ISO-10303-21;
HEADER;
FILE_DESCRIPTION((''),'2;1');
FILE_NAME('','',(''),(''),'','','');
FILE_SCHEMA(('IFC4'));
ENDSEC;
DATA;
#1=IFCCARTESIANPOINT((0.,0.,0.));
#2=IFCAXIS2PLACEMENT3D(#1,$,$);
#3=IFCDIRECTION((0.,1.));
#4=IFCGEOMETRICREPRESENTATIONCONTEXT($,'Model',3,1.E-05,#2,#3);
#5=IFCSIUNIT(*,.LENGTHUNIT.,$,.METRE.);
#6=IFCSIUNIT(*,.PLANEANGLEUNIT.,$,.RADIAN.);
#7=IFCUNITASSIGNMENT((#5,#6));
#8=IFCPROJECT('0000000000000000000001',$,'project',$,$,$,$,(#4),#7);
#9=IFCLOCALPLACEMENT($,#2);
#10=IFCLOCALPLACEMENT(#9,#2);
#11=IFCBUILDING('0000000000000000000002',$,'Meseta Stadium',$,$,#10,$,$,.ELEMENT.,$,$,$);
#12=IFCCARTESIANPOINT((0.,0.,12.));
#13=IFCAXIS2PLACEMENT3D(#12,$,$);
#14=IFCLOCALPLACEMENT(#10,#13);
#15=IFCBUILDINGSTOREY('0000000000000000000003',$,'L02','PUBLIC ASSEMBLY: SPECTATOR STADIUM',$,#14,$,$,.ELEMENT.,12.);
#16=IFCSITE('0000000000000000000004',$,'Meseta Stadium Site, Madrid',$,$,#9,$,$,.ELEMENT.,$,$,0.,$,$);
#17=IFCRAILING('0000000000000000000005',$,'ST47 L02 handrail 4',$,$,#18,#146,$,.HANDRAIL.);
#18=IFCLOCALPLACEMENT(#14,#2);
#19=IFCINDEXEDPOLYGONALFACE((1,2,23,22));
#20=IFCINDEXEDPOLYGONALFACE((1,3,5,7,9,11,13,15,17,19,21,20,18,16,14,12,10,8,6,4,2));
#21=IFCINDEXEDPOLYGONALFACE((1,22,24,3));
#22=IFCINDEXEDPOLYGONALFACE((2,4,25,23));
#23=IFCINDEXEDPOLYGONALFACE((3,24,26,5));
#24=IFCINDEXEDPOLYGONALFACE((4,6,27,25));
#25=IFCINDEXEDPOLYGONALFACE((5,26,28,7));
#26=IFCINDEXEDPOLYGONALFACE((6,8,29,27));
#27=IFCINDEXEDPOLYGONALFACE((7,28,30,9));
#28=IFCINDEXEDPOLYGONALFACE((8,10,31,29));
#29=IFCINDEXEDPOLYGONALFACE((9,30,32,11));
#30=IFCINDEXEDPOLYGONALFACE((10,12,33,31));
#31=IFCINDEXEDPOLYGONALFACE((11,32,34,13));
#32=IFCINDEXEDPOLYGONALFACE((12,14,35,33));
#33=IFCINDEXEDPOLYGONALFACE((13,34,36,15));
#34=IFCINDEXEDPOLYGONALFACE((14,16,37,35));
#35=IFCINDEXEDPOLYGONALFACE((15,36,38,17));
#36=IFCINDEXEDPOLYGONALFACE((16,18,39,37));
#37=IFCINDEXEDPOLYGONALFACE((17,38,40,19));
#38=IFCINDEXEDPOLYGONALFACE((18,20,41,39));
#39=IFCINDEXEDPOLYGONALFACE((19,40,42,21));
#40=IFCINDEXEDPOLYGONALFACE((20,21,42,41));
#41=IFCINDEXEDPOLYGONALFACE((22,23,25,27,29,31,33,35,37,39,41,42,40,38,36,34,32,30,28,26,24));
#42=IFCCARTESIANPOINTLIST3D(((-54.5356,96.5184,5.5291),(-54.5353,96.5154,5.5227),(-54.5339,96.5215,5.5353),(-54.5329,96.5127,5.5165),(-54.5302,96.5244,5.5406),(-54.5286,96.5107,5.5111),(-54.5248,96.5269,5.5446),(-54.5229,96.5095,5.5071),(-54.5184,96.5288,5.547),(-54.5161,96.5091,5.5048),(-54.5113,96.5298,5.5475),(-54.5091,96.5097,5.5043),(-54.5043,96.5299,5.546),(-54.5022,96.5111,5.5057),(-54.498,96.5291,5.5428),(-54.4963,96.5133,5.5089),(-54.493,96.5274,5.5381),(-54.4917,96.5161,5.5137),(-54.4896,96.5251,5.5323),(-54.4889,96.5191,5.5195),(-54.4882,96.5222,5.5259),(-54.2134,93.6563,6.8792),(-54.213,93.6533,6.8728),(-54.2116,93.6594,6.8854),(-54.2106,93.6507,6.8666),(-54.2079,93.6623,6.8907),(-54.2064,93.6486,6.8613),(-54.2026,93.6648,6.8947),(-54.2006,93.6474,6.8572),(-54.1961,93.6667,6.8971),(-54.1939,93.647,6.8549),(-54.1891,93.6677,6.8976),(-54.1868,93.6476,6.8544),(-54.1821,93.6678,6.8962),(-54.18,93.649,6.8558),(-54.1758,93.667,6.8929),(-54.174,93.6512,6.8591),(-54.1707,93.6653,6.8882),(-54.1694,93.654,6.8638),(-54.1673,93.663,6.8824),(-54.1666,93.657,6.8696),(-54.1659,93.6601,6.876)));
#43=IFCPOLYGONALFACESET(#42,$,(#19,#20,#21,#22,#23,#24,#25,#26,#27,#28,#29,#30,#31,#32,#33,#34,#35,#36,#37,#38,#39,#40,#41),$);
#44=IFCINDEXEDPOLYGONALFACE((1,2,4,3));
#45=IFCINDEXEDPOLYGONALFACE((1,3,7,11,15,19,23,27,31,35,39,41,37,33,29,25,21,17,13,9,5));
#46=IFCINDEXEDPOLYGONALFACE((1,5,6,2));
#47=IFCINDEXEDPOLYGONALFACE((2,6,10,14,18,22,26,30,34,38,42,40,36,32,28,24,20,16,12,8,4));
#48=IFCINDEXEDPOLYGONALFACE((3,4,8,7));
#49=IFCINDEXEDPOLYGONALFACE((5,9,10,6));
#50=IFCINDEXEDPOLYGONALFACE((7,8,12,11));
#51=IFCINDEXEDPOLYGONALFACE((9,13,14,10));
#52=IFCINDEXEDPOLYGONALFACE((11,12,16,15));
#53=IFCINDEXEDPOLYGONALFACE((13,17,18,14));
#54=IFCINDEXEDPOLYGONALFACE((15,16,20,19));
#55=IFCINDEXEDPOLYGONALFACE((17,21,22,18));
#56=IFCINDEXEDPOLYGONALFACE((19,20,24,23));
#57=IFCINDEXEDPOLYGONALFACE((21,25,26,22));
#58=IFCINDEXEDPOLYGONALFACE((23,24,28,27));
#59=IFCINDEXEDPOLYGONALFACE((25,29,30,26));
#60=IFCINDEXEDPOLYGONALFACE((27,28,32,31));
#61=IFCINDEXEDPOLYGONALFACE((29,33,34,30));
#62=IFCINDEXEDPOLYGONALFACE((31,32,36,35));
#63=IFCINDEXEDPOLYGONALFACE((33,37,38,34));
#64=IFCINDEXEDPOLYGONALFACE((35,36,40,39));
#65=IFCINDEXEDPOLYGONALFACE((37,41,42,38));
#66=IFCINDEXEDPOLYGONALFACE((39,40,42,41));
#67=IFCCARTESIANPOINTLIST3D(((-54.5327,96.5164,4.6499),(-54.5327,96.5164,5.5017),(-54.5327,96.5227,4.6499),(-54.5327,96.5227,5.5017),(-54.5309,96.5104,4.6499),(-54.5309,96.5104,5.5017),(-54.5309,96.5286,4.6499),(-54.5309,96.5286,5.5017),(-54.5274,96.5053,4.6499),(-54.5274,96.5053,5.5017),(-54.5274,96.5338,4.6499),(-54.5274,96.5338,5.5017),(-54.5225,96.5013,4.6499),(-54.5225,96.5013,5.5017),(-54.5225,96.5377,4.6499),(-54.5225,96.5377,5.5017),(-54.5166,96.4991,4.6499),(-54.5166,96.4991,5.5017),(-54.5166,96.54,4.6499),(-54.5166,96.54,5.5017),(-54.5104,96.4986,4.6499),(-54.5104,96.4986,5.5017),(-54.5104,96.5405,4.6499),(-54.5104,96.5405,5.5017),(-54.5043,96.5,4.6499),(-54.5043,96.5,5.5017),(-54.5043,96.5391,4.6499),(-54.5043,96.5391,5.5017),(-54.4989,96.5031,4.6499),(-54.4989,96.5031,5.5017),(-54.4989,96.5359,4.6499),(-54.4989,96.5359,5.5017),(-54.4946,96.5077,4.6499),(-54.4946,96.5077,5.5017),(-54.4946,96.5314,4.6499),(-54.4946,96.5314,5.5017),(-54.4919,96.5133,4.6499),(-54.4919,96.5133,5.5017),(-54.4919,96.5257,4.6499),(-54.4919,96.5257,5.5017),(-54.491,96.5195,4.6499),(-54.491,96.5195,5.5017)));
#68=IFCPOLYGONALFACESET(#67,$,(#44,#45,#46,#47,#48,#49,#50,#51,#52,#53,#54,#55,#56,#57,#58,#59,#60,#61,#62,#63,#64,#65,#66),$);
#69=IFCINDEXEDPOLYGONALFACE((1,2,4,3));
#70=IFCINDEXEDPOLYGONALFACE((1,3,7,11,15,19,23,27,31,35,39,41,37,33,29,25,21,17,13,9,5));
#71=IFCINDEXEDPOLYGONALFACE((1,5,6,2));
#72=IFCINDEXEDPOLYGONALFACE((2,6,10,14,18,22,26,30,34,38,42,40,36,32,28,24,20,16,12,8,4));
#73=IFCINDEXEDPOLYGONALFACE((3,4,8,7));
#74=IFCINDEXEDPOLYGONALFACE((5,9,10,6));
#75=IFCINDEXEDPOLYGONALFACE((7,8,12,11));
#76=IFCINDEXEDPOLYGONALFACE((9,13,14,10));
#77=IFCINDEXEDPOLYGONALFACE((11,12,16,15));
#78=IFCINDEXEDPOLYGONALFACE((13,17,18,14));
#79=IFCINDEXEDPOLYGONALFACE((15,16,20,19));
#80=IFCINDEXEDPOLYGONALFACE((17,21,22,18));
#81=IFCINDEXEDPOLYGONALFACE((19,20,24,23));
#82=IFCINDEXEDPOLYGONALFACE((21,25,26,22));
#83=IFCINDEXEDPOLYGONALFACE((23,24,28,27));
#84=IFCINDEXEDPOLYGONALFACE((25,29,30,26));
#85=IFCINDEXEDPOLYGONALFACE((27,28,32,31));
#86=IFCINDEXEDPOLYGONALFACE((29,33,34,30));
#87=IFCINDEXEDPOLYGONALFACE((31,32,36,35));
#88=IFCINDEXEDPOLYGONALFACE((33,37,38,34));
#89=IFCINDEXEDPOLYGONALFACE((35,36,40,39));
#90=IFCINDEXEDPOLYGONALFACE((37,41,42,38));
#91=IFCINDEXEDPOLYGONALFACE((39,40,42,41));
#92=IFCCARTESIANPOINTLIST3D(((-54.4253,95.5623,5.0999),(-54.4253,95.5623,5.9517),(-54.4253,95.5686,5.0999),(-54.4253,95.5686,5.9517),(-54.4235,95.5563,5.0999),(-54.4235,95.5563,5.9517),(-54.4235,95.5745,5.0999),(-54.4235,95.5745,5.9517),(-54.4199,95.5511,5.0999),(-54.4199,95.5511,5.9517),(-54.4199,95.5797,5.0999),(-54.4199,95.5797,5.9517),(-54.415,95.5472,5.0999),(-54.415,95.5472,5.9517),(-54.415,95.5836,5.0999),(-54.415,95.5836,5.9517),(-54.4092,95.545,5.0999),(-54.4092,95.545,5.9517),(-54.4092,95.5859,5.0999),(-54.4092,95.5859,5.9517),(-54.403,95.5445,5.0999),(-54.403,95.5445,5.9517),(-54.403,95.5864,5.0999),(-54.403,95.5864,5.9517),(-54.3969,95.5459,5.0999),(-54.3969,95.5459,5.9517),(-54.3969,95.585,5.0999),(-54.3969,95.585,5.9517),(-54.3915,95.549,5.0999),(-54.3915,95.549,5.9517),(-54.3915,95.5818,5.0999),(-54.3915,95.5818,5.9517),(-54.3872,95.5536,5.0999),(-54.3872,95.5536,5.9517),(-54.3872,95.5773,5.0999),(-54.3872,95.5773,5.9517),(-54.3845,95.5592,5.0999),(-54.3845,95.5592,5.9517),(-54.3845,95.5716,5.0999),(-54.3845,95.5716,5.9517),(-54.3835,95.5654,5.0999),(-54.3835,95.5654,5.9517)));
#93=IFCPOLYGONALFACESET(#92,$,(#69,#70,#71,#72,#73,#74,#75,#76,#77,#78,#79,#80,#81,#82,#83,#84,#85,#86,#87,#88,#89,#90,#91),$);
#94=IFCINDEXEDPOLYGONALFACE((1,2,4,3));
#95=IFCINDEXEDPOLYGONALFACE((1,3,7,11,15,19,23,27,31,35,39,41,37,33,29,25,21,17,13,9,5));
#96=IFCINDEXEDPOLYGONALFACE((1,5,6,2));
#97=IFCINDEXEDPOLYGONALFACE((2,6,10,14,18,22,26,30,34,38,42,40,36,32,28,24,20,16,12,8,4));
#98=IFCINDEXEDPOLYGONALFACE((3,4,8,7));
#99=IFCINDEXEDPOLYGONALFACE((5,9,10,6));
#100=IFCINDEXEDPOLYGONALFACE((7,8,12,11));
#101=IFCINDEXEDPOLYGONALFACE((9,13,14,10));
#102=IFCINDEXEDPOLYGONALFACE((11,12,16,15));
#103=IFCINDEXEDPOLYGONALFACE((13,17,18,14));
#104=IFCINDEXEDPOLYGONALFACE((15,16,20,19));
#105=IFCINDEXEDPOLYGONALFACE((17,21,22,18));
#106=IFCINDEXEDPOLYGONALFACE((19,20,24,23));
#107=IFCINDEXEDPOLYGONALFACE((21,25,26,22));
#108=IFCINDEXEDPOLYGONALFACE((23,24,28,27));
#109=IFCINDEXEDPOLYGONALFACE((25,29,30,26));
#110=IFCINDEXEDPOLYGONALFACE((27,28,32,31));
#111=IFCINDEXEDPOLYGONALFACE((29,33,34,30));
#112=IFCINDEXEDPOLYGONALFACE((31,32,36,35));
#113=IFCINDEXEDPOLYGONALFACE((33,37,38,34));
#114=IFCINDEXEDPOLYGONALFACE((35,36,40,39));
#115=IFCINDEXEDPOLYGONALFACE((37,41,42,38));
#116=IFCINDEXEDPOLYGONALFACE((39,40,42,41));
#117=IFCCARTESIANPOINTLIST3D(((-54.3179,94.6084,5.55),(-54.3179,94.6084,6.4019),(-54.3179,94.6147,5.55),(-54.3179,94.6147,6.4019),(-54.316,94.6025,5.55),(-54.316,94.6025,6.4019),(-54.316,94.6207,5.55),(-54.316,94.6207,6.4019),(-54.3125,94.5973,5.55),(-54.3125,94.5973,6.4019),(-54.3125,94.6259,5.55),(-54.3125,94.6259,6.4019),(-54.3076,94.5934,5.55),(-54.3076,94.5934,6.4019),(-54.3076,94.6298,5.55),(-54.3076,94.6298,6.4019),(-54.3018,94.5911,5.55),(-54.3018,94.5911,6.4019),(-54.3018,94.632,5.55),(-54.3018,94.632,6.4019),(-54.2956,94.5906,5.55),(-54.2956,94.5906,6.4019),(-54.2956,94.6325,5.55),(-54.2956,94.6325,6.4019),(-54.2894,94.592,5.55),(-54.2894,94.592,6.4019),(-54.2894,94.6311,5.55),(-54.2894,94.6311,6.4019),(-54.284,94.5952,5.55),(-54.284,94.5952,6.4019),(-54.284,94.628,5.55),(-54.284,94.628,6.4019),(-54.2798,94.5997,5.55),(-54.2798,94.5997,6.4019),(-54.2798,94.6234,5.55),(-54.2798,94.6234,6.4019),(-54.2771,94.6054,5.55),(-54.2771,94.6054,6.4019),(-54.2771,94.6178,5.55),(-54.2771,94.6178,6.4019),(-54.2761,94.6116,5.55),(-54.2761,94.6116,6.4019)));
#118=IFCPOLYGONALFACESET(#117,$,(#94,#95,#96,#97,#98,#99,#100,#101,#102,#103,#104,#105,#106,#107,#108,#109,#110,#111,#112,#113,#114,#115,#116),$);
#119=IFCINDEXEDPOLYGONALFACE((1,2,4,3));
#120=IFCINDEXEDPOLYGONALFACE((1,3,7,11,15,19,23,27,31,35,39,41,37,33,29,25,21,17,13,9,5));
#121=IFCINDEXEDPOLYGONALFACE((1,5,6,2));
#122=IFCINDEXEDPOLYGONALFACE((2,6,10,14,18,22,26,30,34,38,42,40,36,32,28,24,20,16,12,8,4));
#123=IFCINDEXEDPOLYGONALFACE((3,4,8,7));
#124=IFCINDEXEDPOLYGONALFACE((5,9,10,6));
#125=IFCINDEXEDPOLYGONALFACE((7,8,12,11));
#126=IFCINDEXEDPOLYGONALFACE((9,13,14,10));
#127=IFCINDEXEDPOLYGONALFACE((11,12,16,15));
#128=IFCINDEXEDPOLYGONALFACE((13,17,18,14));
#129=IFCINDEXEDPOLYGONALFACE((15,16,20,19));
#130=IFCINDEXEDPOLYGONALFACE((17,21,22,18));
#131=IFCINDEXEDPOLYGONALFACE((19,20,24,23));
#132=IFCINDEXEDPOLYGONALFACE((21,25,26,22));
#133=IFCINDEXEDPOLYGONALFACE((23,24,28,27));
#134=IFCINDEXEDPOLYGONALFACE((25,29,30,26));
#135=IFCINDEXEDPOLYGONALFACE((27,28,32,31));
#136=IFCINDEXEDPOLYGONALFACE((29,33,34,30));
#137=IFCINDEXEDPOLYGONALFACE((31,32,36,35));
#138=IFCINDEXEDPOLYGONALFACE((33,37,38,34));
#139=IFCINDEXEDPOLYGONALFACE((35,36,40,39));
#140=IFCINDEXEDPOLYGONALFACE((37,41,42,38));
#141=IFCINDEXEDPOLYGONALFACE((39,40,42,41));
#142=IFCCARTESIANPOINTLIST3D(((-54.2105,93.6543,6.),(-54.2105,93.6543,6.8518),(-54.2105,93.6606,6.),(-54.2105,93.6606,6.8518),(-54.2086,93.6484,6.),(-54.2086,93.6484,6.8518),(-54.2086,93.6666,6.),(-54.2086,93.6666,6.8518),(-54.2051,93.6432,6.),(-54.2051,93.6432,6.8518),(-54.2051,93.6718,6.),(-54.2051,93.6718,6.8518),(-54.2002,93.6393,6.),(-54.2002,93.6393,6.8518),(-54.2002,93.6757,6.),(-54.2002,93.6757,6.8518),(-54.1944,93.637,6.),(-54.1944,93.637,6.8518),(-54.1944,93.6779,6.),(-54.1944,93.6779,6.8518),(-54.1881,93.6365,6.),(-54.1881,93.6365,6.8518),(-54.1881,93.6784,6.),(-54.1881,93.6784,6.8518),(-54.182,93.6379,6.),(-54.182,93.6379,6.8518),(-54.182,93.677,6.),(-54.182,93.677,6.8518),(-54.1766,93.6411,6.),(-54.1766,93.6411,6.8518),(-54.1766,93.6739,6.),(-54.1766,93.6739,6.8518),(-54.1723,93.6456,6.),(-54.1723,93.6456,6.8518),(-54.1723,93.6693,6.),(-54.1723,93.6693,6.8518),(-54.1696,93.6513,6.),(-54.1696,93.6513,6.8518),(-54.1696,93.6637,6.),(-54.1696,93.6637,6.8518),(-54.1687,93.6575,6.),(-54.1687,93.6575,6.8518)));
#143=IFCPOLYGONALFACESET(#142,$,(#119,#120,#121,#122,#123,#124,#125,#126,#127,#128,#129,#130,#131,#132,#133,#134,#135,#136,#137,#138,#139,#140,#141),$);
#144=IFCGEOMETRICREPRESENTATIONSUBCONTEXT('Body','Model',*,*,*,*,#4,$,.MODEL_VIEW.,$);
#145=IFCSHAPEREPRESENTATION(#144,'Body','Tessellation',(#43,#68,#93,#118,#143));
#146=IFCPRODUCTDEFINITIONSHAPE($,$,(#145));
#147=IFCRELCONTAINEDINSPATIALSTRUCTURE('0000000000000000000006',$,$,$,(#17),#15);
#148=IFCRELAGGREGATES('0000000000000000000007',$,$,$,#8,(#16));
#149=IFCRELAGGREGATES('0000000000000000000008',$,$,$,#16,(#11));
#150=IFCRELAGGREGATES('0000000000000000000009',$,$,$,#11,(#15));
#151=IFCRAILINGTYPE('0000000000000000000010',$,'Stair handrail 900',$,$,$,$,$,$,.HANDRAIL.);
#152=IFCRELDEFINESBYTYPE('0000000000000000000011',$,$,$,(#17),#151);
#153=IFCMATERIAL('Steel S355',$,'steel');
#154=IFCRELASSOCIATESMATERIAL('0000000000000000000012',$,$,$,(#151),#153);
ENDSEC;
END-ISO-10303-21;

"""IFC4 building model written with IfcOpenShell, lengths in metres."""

from ifc_helpers import new_model, si_unit, direction, frame, origin, origin_2d, place, context, subcontext, project, spatial, circle, extrude, material, type_object, element, save


model = new_model("IFC4")

# Units and contexts
model_context = context("Model", 3, precision=1e-05, world=origin(), true_north=direction((0.0, 1.0)))
body_context = subcontext(model_context, "Body", "Model", "MODEL_VIEW")
ifc_project = project(units=[si_unit("LENGTHUNIT", "METRE"), si_unit("PLANEANGLEUNIT", "RADIAN")], contexts=[model_context])

# Site, building, storey
site_placement = place(None, origin())
site = spatial("IfcSite", under=ifc_project, at=site_placement, Name="Meseta Stadium Site, Madrid", CompositionType="ELEMENT", RefElevation=0.0)
building_placement = place(site_placement, origin())
building = spatial("IfcBuilding", under=site, at=building_placement, Name="Meseta Stadium", CompositionType="ELEMENT")
storey_placement = place(building_placement, frame((0.0, 0.0, 12.0)))
storey = spatial("IfcBuildingStorey", under=building, at=storey_placement, Name="L02", Description="PUBLIC ASSEMBLY: SPECTATOR STADIUM", CompositionType="ELEMENT", Elevation=12.0)

# Railing
ifc_material_1 = material(Name="Steel S355", Category="steel")
railing_type_1 = type_object("IfcRailingType", Name="Stair handrail 900", PredefinedType="HANDRAIL", material=ifc_material_1)
for number, where, name in (
    (1, (-54.512, 96.5195, 4.6499), "ST47 L02 handrail 4"),
):
    element("IfcRailing", number, at=place(storey_placement, frame(where)), inside=storey, type_object=railing_type_1, Name=name, PredefinedType="HANDRAIL", context=body_context, shape_type="SweptSolid", body=[
        extrude(circle(Radius=0.0239, at=origin_2d()), frame((0.0, 0.0, 0.876), z_axis=(0.101313, -0.89977, 0.424441), x_axis=(0.99372, 0.111892, 0.0)), (0.0, 0.0, 1.0), 3.1809),
        extrude(circle(Radius=0.021, at=origin_2d()), origin(), (0.0, 0.0, 1.0), 0.8518),
        extrude(circle(Radius=0.021, at=origin_2d()), frame((0.1074, -0.9541, 0.45)), (0.0, 0.0, 1.0), 0.8518),
        extrude(circle(Radius=0.021, at=origin_2d()), frame((0.2148, -1.908, 0.9001)), (0.0, 0.0, 1.0), 0.8518),
        extrude(circle(Radius=0.021, at=origin_2d()), frame((0.3223, -2.8621, 1.3501)), (0.0, 0.0, 1.0), 0.8518),
    ])

save(model, "model.ifc")
